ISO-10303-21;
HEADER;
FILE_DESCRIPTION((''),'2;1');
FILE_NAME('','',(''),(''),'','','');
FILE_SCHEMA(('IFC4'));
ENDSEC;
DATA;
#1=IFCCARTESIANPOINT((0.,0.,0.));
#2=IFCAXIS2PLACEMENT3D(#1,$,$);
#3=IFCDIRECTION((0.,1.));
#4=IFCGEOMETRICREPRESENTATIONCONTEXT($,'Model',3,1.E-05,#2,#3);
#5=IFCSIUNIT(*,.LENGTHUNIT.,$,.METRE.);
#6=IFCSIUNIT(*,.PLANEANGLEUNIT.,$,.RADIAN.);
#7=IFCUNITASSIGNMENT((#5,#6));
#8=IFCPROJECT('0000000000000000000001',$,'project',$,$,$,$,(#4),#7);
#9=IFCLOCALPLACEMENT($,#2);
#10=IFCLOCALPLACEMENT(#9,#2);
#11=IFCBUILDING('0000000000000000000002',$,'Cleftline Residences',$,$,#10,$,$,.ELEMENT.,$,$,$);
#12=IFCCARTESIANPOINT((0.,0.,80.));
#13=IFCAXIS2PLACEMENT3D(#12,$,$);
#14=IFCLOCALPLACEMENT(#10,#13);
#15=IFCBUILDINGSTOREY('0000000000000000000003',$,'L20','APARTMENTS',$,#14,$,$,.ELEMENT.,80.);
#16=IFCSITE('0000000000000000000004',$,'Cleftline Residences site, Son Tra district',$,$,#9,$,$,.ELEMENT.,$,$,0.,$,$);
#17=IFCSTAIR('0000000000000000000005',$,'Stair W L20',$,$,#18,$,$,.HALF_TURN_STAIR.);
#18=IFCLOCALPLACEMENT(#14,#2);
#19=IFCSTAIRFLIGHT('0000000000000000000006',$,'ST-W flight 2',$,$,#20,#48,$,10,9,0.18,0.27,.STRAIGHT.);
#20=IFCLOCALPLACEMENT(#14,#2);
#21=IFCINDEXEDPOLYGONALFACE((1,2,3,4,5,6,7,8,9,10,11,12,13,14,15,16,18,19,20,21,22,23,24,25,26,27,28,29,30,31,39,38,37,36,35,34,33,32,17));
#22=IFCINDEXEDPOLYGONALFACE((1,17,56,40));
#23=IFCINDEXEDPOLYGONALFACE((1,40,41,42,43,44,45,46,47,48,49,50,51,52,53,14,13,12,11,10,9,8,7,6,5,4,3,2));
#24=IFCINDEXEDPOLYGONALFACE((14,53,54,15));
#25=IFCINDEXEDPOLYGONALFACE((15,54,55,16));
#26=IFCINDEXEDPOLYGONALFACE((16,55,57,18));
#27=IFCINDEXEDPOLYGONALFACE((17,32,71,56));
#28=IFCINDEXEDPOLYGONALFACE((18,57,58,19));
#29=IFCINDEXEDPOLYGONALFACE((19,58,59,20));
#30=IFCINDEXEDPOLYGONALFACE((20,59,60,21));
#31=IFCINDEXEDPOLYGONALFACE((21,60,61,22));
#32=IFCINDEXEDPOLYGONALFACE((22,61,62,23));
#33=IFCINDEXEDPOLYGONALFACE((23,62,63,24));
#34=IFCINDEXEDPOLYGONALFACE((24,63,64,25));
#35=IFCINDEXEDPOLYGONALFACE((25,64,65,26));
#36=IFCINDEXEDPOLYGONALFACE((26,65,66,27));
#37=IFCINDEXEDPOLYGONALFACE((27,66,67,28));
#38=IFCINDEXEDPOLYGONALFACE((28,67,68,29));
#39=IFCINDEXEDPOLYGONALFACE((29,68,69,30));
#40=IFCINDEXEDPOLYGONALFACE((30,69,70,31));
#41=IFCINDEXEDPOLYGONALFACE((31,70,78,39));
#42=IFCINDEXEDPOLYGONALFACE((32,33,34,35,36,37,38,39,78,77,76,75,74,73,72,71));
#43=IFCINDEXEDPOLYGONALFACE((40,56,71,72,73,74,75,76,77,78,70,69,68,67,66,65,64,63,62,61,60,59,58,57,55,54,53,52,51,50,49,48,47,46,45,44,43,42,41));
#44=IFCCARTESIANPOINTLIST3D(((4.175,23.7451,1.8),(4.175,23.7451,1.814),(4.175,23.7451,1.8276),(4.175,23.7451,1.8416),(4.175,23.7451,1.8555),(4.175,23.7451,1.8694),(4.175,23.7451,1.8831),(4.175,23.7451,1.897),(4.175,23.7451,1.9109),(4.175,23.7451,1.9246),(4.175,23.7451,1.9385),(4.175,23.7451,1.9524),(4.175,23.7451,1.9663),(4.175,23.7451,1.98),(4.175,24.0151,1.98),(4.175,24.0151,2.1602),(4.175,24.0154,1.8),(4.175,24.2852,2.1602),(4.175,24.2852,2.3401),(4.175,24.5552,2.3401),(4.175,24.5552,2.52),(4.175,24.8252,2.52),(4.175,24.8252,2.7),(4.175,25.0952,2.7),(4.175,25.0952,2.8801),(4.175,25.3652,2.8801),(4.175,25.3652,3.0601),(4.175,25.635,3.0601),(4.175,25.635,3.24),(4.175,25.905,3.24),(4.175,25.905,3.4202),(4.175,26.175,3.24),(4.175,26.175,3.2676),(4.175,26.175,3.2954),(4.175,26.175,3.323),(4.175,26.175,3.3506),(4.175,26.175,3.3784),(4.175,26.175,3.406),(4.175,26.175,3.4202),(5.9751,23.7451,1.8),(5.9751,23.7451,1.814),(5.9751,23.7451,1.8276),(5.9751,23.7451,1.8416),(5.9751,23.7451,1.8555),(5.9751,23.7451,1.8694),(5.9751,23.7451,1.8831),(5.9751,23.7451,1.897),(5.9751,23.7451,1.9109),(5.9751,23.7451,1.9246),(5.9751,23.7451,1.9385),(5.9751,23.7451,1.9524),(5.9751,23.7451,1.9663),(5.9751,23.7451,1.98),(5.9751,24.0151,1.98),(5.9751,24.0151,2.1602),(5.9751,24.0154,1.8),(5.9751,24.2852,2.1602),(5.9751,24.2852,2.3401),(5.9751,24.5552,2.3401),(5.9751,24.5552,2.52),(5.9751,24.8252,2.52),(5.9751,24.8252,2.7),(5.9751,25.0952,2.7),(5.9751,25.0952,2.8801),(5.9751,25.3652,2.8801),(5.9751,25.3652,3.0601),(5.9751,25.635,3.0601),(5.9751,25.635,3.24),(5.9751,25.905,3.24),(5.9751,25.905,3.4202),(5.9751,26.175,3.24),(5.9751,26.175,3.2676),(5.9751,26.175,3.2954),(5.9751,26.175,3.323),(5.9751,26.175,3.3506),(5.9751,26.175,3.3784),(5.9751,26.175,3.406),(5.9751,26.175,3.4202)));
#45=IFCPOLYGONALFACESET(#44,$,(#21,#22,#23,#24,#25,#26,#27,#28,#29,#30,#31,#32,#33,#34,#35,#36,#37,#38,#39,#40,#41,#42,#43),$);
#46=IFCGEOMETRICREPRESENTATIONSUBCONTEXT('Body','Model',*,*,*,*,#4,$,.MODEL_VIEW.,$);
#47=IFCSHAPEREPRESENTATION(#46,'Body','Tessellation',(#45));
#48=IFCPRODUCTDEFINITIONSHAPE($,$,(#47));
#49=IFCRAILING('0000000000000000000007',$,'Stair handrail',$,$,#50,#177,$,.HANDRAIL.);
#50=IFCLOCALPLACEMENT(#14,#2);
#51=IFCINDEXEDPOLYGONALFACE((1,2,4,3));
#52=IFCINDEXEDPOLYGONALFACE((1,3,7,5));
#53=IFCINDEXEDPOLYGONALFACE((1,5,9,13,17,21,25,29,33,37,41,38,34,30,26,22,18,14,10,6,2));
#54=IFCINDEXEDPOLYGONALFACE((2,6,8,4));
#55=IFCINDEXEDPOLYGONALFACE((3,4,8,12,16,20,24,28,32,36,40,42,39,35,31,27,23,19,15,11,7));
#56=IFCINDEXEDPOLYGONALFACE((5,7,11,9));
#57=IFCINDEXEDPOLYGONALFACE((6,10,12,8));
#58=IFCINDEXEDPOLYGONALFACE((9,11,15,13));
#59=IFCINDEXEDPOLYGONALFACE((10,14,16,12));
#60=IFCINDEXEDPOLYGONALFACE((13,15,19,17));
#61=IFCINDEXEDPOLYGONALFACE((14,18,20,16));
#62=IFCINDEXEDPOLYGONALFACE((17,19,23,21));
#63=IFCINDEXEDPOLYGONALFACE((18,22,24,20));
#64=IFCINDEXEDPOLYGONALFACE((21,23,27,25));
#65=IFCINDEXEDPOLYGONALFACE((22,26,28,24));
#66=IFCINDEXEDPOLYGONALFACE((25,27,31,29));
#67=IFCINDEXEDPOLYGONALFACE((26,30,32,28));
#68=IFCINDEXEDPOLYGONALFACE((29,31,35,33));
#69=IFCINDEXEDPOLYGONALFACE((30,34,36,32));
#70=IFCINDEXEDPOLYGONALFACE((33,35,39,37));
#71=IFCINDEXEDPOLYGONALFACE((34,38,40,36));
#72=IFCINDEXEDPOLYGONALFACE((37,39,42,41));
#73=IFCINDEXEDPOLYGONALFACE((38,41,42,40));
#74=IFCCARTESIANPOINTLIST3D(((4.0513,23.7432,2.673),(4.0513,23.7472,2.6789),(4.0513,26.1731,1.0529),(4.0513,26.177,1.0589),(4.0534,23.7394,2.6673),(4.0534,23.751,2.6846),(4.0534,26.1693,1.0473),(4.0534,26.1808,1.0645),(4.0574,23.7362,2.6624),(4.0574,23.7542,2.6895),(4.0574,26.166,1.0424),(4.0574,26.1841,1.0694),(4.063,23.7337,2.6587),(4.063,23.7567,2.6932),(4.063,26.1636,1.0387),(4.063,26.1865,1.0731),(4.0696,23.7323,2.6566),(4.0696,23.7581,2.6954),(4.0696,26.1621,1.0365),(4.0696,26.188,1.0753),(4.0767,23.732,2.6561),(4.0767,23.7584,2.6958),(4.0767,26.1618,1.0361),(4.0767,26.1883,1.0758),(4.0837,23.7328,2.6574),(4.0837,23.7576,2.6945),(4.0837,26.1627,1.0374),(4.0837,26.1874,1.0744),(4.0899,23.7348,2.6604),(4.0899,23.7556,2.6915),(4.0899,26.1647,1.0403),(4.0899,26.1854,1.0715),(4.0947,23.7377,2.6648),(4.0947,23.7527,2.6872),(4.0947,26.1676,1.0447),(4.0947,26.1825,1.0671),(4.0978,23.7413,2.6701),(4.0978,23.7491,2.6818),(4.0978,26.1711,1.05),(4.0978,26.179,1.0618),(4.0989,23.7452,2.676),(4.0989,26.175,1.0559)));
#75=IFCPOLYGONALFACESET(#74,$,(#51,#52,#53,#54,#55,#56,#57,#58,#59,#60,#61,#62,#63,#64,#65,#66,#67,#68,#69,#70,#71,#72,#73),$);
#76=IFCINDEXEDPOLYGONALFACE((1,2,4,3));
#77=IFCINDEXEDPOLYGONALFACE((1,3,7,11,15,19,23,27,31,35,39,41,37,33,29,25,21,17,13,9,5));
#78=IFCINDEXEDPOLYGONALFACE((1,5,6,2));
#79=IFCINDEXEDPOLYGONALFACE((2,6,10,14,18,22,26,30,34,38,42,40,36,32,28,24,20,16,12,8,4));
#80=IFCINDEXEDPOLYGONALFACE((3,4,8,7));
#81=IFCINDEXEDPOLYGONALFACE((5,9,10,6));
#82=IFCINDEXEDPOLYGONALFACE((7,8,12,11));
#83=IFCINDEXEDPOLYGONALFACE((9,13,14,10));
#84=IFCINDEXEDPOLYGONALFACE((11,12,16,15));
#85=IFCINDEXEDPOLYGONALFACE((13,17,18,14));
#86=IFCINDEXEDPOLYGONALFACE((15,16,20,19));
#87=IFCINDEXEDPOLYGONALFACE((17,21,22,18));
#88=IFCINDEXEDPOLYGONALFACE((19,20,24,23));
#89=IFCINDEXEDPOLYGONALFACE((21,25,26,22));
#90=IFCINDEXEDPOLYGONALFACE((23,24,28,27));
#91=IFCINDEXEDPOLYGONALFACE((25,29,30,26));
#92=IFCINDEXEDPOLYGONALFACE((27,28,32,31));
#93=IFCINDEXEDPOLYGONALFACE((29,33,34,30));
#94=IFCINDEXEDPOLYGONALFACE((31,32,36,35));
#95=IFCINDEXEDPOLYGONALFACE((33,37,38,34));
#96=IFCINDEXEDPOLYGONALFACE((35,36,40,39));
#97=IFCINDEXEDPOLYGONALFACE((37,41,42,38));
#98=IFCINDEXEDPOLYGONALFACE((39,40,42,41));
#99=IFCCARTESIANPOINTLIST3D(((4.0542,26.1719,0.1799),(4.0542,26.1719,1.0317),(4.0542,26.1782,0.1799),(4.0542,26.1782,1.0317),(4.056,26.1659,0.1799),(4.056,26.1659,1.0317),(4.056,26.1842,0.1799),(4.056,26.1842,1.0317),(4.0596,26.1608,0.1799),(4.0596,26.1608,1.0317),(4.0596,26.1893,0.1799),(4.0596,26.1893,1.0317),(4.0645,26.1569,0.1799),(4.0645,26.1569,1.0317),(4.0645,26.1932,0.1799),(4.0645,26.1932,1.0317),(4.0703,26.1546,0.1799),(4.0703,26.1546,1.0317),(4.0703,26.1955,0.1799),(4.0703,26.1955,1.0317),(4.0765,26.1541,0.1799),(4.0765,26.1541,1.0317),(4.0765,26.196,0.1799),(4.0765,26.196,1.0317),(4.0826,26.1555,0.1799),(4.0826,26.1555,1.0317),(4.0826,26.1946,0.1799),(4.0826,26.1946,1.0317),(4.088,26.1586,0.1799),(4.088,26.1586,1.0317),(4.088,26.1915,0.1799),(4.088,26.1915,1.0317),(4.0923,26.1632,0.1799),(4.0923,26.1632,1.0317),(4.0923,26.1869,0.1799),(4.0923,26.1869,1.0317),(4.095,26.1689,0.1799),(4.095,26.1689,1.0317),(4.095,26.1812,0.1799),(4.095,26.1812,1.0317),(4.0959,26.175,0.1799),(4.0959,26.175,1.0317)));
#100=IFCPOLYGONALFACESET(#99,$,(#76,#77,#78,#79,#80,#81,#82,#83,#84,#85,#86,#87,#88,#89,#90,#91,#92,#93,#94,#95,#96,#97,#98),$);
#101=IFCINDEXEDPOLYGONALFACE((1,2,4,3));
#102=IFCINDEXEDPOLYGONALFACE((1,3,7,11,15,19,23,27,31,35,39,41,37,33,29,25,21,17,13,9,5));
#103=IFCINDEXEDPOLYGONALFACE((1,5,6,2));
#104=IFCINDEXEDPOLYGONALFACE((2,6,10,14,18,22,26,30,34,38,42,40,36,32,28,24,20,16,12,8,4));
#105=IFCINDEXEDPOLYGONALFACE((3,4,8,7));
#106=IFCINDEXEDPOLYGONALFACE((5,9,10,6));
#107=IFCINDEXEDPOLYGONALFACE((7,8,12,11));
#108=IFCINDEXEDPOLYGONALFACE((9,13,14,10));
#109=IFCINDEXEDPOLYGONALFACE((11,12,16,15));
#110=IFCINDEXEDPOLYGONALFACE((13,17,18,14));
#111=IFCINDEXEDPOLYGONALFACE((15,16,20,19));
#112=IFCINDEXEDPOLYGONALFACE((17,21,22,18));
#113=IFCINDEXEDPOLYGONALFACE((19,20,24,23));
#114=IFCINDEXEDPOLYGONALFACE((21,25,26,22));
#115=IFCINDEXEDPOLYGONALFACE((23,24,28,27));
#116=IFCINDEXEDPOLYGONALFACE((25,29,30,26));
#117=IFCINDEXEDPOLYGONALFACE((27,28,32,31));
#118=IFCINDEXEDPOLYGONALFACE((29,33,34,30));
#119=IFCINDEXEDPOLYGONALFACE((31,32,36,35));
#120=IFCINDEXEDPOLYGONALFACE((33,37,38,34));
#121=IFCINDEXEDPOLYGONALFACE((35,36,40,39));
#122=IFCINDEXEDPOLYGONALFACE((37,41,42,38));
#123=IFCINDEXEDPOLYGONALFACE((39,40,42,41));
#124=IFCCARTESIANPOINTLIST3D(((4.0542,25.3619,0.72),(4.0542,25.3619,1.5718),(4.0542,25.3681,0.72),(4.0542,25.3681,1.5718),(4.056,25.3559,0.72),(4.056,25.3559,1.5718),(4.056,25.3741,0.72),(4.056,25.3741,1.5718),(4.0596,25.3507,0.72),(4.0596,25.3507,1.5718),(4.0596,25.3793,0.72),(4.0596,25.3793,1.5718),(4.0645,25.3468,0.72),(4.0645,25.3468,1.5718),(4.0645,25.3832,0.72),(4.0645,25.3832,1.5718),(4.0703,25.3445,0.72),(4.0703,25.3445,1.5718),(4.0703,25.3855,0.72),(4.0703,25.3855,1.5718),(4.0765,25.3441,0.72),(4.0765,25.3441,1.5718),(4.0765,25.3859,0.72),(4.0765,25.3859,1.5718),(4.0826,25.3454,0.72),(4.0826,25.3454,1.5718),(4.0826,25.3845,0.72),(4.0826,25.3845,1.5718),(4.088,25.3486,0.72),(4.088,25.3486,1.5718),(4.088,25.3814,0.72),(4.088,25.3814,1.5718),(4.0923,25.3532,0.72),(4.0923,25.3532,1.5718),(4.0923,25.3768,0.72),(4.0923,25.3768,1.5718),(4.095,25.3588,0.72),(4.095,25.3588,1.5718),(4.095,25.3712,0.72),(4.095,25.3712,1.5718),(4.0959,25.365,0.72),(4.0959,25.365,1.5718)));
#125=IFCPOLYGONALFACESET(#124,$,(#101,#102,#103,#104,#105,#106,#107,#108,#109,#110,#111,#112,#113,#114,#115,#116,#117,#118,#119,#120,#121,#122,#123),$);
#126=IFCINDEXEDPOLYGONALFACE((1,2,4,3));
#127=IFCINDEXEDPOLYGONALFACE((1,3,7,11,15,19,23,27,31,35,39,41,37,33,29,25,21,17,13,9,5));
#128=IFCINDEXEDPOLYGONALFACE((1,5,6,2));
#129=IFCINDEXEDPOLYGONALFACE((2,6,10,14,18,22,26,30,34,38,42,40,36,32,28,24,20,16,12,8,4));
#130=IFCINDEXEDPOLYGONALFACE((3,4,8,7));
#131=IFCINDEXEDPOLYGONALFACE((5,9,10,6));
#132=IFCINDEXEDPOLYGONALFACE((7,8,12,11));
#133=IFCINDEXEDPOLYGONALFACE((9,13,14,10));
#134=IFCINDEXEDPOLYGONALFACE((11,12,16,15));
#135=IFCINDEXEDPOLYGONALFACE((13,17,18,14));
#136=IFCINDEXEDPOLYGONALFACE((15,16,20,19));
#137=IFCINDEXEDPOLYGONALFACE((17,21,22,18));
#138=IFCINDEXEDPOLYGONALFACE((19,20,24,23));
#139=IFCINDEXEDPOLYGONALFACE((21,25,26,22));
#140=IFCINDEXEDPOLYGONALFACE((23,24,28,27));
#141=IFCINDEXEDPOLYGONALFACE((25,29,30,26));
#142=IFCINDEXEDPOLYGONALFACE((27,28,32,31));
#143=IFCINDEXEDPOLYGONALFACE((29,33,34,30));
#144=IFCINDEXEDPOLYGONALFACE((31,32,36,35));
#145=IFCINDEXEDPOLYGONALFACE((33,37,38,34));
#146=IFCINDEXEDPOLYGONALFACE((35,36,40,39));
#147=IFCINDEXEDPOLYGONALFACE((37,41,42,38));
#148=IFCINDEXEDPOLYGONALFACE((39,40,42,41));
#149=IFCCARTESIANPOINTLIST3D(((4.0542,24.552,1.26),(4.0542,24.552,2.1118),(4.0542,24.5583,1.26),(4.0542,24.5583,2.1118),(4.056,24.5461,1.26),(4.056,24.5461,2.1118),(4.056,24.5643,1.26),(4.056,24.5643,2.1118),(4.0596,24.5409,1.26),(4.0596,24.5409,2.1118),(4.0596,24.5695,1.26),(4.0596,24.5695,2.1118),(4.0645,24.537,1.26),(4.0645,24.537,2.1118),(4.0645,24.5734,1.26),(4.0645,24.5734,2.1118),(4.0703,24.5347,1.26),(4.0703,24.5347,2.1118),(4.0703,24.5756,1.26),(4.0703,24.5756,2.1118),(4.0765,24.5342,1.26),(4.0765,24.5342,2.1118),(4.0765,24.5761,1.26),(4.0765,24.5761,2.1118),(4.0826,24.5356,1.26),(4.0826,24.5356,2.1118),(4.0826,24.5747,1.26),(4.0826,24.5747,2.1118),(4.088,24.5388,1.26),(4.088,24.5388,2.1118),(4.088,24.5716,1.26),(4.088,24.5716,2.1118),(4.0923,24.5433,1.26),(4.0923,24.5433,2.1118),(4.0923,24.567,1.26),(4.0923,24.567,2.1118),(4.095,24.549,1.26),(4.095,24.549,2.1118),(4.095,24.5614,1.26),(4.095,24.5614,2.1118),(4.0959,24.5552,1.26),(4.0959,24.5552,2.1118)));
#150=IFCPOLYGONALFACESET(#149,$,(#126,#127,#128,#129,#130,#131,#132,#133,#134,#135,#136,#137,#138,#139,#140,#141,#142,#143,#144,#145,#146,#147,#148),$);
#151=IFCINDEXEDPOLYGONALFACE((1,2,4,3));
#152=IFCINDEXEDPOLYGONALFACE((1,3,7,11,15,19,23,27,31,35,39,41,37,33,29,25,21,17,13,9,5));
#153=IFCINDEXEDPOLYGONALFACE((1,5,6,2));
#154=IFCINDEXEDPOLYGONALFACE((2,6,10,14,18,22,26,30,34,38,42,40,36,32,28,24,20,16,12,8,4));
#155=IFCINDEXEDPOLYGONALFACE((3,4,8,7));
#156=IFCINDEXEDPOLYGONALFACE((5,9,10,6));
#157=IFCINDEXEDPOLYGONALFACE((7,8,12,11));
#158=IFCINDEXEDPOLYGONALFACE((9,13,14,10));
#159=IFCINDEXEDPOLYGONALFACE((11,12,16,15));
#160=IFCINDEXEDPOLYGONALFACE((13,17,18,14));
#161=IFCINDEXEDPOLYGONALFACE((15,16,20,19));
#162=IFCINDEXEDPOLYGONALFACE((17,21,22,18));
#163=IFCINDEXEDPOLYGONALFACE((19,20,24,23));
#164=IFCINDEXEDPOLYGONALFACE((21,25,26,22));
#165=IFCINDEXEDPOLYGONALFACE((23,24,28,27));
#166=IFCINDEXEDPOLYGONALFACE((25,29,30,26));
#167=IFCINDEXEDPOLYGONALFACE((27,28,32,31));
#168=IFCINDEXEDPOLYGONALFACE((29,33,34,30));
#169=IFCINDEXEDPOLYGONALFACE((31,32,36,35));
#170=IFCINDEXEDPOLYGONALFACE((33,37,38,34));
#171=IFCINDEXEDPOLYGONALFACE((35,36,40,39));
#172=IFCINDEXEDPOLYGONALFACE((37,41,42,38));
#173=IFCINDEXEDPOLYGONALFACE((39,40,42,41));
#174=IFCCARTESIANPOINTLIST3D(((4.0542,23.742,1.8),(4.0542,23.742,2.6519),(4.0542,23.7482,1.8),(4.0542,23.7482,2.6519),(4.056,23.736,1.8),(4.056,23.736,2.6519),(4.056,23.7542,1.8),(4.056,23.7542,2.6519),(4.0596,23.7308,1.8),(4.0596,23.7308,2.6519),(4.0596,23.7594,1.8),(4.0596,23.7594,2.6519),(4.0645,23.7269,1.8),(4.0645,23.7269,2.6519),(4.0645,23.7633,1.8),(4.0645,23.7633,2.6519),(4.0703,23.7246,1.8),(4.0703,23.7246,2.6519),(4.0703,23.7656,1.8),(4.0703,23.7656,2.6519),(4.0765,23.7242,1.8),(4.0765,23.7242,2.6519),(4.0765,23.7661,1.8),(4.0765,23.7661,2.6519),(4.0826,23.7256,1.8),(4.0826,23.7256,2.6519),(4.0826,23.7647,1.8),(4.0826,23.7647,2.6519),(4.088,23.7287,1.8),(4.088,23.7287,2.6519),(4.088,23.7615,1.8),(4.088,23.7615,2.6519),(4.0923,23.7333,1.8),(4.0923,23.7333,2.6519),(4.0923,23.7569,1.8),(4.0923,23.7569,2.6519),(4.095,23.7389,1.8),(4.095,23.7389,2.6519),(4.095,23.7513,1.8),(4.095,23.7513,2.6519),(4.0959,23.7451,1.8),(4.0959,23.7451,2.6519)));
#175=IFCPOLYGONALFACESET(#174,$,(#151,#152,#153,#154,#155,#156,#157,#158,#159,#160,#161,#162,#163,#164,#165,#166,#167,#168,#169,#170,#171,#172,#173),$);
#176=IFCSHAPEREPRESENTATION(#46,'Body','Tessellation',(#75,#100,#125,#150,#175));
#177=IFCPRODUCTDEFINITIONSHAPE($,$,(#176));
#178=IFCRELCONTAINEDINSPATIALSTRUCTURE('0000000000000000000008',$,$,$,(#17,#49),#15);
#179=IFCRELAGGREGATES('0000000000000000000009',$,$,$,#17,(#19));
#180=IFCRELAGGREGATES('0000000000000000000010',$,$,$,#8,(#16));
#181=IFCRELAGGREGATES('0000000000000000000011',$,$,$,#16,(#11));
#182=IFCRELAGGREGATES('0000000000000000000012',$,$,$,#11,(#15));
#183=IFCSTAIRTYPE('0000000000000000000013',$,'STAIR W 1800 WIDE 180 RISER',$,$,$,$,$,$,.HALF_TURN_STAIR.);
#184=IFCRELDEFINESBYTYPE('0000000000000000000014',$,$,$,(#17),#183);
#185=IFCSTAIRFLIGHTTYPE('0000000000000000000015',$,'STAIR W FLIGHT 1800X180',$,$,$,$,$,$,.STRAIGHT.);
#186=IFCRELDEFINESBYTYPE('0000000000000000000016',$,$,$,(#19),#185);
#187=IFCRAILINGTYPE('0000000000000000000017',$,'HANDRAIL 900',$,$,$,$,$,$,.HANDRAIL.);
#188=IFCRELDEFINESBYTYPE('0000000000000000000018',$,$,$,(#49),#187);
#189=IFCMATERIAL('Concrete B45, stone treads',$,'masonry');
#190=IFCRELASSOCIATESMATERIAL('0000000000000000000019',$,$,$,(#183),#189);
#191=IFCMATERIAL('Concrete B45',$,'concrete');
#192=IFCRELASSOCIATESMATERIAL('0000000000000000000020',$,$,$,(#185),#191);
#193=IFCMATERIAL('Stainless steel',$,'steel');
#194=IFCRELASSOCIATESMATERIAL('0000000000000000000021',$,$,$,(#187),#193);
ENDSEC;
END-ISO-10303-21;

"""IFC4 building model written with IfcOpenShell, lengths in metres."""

from ifc_helpers import new_model, si_unit, direction, frame, origin, origin_2d, place, context, subcontext, project, spatial, polyline, circle, outline, extrude, material, type_object, element, aggregate, save


model = new_model("IFC4")

# Units and contexts
model_context = context("Model", 3, precision=1e-05, world=origin(), true_north=direction((0.0, 1.0)))
body_context = subcontext(model_context, "Body", "Model", "MODEL_VIEW")
ifc_project = project(units=[si_unit("LENGTHUNIT", "METRE"), si_unit("PLANEANGLEUNIT", "RADIAN")], contexts=[model_context])

# Site, building, storey
site_placement = place(None, origin())
site = spatial("IfcSite", under=ifc_project, at=site_placement, Name="Cleftline Residences site, Son Tra district", CompositionType="ELEMENT", RefElevation=0.0)
building_placement = place(site_placement, origin())
building = spatial("IfcBuilding", under=site, at=building_placement, Name="Cleftline Residences", CompositionType="ELEMENT")
storey_placement = place(building_placement, frame((0.0, 0.0, 80.0)))
storey = spatial("IfcBuildingStorey", under=building, at=storey_placement, Name="L20", Description="APARTMENTS", CompositionType="ELEMENT", Elevation=80.0)

# Stair, stair flight
ifc_material_1 = material(Name="Concrete B45, stone treads", Category="masonry")
stair_type = type_object("IfcStairType", Name="STAIR W 1800 WIDE 180 RISER", PredefinedType="HALF_TURN_STAIR", material=ifc_material_1)
stair_placement = place(storey_placement, origin())
stair = element("IfcStair", 1, at=stair_placement, inside=storey, type_object=stair_type, Name="Stair W L20", PredefinedType="HALF_TURN_STAIR")
ifc_material_2 = material(Name="Concrete B45", Category="concrete")
stair_flight_type = type_object("IfcStairFlightType", Name="STAIR W FLIGHT 1800X180", PredefinedType="STRAIGHT", material=ifc_material_2)
stair_flight_1_placement = place(storey_placement, frame((5.075, 23.7451, 1.8), z_axis=(0.0, 0.0, 1.0), x_axis=(0.0, 1.0, 0.0)))
stair_flight_1 = element("IfcStairFlight", 2, at=stair_flight_1_placement, type_object=stair_flight_type, Name="ST-W flight 2", NumberOfRisers=10, NumberOfTreads=9, PredefinedType="STRAIGHT", RiserHeight=0.18, TreadLength=0.27, context=body_context, shape_type="SweptSolid", body=[
    extrude(outline(polyline([(0.0, 0.0), (0.0, 0.0139), (0.0, 0.0276), (0.0, 0.0415), (0.0, 0.0554), (0.0, 0.0693), (0.0, 0.083), (0.0, 0.0969), (0.0, 0.1108), (0.0, 0.1245), (0.0, 0.1384), (0.0, 0.1523), (0.0, 0.1663), (0.0, 0.1799), (0.27, 0.1799), (0.27, 0.3601), (0.54, 0.3601), (0.54, 0.54), (0.8101, 0.54), (0.8101, 0.72), (1.0801, 0.72), (1.0801, 0.8999), (1.3501, 0.8999), (1.3501, 1.0801), (1.6201, 1.0801), (1.6201, 1.26), (1.8899, 1.26), (1.8899, 1.4399), (2.1599, 1.4399), (2.1599, 1.6201), (2.4299, 1.6201), (2.4299, 1.8), (2.4299, 1.7722), (2.4299, 1.7446), (2.4299, 1.7168), (2.4299, 1.6892), (2.4299, 1.6614), (2.4299, 1.6338), (2.4299, 1.606), (2.4299, 1.5784), (2.4299, 1.5505), (2.4299, 1.5229), (2.4299, 1.4954), (2.4299, 1.4675), (2.4299, 1.4399), (0.2703, 0.0), (0.0, 0.0)])), frame((0.0, 0.8999, 0.0), z_axis=(0.0, -1.0, 0.0), x_axis=(1.0, 0.0, 0.0)), (0.0, 0.0, 1.0), 1.8),
])
aggregate(stair, [stair_flight_1])

# Railing
ifc_material_3 = material(Name="Stainless steel", Category="steel")
railing_type = type_object("IfcRailingType", Name="HANDRAIL 900", PredefinedType="HANDRAIL", material=ifc_material_3)
railing_1_placement = place(storey_placement, frame((4.075, 26.175, 0.1799)))
element("IfcRailing", 3, at=railing_1_placement, inside=storey, type_object=railing_type, Name="Stair handrail", PredefinedType="HANDRAIL", context=body_context, shape_type="SweptSolid", body=[
    extrude(circle(Radius=0.0239, at=origin_2d()), frame((0.0, 0.0, 0.876), z_axis=(0.0, -0.832025, 0.554739), x_axis=(1.0, 0.0, 0.0)), (0.0, 0.0, 1.0), 2.9204),
    extrude(circle(Radius=0.021, at=origin_2d()), origin(), (0.0, 0.0, 1.0), 0.8518),
    extrude(circle(Radius=0.021, at=origin_2d()), frame((0.0, -0.8101, 0.54)), (0.0, 0.0, 1.0), 0.8518),
    extrude(circle(Radius=0.021, at=origin_2d()), frame((0.0, -1.6199, 1.0801)), (0.0, 0.0, 1.0), 0.8518),
    extrude(circle(Radius=0.021, at=origin_2d()), frame((0.0, -2.4299, 1.6201)), (0.0, 0.0, 1.0), 0.8518),
])

save(model, "model.ifc")
